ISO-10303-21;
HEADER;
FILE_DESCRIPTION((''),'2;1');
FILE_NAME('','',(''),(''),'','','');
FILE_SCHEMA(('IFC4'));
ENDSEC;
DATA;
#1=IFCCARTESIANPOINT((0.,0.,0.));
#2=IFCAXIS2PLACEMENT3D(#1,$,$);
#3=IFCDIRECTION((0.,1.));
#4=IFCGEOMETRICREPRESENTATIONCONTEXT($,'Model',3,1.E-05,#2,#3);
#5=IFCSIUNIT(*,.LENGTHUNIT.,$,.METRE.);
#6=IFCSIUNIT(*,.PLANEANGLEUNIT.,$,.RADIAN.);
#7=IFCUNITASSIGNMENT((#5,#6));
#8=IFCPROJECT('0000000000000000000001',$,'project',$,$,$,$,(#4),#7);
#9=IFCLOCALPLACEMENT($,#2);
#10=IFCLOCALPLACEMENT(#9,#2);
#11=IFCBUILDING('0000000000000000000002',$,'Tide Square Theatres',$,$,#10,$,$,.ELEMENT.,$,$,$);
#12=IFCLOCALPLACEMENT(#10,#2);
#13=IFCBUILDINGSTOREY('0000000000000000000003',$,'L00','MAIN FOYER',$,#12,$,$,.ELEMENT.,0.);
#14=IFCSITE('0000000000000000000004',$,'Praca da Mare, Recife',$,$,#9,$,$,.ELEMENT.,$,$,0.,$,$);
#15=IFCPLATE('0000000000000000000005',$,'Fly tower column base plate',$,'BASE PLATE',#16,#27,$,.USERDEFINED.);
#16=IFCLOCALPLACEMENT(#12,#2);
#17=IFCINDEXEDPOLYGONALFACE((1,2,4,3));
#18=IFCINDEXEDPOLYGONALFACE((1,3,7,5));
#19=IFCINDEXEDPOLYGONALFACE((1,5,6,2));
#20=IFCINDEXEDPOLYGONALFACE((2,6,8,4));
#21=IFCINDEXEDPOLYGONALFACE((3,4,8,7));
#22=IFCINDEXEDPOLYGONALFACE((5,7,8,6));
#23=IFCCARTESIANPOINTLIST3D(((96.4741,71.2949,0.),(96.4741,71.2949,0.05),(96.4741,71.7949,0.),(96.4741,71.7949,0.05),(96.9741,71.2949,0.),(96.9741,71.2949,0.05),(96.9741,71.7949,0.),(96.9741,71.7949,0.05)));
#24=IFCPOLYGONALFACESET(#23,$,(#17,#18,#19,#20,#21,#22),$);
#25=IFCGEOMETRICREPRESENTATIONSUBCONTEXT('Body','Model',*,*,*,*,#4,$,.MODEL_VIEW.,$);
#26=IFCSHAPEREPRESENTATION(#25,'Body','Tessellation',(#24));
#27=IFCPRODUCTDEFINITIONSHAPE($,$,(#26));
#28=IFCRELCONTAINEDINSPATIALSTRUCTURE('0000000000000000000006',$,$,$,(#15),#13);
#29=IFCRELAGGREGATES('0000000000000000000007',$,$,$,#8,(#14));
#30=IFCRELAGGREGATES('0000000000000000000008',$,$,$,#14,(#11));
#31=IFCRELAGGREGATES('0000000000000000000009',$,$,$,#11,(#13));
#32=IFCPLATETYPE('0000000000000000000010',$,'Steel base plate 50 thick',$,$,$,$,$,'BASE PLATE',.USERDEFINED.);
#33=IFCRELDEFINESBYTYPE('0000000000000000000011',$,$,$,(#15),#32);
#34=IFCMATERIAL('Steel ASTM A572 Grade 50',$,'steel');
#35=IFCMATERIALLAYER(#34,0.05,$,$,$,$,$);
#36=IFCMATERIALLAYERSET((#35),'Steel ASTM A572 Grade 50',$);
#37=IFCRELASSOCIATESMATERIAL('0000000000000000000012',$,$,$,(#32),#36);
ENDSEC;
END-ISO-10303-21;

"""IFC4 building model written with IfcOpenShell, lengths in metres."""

from ifc_helpers import new_model, si_unit, direction, frame, origin, origin_2d, place, context, subcontext, project, spatial, rectangle, extrude, material, layer, layer_set, type_object, element, save


model = new_model("IFC4")

# Units and contexts
model_context = context("Model", 3, precision=1e-05, world=origin(), true_north=direction((0.0, 1.0)))
body_context = subcontext(model_context, "Body", "Model", "MODEL_VIEW")
ifc_project = project(units=[si_unit("LENGTHUNIT", "METRE"), si_unit("PLANEANGLEUNIT", "RADIAN")], contexts=[model_context])

# Site, building, storey
site_placement = place(None, origin())
site = spatial("IfcSite", under=ifc_project, at=site_placement, Name="Praca da Mare, Recife", CompositionType="ELEMENT", RefElevation=0.0)
building_placement = place(site_placement, origin())
building = spatial("IfcBuilding", under=site, at=building_placement, Name="Tide Square Theatres", CompositionType="ELEMENT")
storey_placement = place(building_placement, origin())
storey = spatial("IfcBuildingStorey", under=building, at=storey_placement, Name="L00", Description="MAIN FOYER", CompositionType="ELEMENT", Elevation=0.0)

# Plate
ifc_material_1 = material(Name="Steel ASTM A572 Grade 50", Category="steel")
ifc_layer = layer(ifc_material_1, 0.05)
ifc_layer_set = layer_set([ifc_layer], Name="Steel ASTM A572 Grade 50")
plate_type = type_object("IfcPlateType", Name="Steel base plate 50 thick", ElementType="BASE PLATE", PredefinedType="USERDEFINED", material=ifc_layer_set)
for number, where, z_axis, x_axis, name in (
    (1, (96.7241, 71.5449, 0.0), (0.0, 0.0, 1.0), (1.0, 0.0, 0.0), "Fly tower column base plate"),
):
    element("IfcPlate", number, at=place(storey_placement, frame(where, z_axis=z_axis, x_axis=x_axis)), inside=storey, type_object=plate_type, Name=name, ObjectType="BASE PLATE", PredefinedType="USERDEFINED", context=body_context, shape_type="SweptSolid", body=[
        extrude(rectangle(XDim=0.5, YDim=0.5, at=origin_2d()), origin(), (0.0, 0.0, 1.0), 0.05),
    ])

save(model, "model.ifc")
